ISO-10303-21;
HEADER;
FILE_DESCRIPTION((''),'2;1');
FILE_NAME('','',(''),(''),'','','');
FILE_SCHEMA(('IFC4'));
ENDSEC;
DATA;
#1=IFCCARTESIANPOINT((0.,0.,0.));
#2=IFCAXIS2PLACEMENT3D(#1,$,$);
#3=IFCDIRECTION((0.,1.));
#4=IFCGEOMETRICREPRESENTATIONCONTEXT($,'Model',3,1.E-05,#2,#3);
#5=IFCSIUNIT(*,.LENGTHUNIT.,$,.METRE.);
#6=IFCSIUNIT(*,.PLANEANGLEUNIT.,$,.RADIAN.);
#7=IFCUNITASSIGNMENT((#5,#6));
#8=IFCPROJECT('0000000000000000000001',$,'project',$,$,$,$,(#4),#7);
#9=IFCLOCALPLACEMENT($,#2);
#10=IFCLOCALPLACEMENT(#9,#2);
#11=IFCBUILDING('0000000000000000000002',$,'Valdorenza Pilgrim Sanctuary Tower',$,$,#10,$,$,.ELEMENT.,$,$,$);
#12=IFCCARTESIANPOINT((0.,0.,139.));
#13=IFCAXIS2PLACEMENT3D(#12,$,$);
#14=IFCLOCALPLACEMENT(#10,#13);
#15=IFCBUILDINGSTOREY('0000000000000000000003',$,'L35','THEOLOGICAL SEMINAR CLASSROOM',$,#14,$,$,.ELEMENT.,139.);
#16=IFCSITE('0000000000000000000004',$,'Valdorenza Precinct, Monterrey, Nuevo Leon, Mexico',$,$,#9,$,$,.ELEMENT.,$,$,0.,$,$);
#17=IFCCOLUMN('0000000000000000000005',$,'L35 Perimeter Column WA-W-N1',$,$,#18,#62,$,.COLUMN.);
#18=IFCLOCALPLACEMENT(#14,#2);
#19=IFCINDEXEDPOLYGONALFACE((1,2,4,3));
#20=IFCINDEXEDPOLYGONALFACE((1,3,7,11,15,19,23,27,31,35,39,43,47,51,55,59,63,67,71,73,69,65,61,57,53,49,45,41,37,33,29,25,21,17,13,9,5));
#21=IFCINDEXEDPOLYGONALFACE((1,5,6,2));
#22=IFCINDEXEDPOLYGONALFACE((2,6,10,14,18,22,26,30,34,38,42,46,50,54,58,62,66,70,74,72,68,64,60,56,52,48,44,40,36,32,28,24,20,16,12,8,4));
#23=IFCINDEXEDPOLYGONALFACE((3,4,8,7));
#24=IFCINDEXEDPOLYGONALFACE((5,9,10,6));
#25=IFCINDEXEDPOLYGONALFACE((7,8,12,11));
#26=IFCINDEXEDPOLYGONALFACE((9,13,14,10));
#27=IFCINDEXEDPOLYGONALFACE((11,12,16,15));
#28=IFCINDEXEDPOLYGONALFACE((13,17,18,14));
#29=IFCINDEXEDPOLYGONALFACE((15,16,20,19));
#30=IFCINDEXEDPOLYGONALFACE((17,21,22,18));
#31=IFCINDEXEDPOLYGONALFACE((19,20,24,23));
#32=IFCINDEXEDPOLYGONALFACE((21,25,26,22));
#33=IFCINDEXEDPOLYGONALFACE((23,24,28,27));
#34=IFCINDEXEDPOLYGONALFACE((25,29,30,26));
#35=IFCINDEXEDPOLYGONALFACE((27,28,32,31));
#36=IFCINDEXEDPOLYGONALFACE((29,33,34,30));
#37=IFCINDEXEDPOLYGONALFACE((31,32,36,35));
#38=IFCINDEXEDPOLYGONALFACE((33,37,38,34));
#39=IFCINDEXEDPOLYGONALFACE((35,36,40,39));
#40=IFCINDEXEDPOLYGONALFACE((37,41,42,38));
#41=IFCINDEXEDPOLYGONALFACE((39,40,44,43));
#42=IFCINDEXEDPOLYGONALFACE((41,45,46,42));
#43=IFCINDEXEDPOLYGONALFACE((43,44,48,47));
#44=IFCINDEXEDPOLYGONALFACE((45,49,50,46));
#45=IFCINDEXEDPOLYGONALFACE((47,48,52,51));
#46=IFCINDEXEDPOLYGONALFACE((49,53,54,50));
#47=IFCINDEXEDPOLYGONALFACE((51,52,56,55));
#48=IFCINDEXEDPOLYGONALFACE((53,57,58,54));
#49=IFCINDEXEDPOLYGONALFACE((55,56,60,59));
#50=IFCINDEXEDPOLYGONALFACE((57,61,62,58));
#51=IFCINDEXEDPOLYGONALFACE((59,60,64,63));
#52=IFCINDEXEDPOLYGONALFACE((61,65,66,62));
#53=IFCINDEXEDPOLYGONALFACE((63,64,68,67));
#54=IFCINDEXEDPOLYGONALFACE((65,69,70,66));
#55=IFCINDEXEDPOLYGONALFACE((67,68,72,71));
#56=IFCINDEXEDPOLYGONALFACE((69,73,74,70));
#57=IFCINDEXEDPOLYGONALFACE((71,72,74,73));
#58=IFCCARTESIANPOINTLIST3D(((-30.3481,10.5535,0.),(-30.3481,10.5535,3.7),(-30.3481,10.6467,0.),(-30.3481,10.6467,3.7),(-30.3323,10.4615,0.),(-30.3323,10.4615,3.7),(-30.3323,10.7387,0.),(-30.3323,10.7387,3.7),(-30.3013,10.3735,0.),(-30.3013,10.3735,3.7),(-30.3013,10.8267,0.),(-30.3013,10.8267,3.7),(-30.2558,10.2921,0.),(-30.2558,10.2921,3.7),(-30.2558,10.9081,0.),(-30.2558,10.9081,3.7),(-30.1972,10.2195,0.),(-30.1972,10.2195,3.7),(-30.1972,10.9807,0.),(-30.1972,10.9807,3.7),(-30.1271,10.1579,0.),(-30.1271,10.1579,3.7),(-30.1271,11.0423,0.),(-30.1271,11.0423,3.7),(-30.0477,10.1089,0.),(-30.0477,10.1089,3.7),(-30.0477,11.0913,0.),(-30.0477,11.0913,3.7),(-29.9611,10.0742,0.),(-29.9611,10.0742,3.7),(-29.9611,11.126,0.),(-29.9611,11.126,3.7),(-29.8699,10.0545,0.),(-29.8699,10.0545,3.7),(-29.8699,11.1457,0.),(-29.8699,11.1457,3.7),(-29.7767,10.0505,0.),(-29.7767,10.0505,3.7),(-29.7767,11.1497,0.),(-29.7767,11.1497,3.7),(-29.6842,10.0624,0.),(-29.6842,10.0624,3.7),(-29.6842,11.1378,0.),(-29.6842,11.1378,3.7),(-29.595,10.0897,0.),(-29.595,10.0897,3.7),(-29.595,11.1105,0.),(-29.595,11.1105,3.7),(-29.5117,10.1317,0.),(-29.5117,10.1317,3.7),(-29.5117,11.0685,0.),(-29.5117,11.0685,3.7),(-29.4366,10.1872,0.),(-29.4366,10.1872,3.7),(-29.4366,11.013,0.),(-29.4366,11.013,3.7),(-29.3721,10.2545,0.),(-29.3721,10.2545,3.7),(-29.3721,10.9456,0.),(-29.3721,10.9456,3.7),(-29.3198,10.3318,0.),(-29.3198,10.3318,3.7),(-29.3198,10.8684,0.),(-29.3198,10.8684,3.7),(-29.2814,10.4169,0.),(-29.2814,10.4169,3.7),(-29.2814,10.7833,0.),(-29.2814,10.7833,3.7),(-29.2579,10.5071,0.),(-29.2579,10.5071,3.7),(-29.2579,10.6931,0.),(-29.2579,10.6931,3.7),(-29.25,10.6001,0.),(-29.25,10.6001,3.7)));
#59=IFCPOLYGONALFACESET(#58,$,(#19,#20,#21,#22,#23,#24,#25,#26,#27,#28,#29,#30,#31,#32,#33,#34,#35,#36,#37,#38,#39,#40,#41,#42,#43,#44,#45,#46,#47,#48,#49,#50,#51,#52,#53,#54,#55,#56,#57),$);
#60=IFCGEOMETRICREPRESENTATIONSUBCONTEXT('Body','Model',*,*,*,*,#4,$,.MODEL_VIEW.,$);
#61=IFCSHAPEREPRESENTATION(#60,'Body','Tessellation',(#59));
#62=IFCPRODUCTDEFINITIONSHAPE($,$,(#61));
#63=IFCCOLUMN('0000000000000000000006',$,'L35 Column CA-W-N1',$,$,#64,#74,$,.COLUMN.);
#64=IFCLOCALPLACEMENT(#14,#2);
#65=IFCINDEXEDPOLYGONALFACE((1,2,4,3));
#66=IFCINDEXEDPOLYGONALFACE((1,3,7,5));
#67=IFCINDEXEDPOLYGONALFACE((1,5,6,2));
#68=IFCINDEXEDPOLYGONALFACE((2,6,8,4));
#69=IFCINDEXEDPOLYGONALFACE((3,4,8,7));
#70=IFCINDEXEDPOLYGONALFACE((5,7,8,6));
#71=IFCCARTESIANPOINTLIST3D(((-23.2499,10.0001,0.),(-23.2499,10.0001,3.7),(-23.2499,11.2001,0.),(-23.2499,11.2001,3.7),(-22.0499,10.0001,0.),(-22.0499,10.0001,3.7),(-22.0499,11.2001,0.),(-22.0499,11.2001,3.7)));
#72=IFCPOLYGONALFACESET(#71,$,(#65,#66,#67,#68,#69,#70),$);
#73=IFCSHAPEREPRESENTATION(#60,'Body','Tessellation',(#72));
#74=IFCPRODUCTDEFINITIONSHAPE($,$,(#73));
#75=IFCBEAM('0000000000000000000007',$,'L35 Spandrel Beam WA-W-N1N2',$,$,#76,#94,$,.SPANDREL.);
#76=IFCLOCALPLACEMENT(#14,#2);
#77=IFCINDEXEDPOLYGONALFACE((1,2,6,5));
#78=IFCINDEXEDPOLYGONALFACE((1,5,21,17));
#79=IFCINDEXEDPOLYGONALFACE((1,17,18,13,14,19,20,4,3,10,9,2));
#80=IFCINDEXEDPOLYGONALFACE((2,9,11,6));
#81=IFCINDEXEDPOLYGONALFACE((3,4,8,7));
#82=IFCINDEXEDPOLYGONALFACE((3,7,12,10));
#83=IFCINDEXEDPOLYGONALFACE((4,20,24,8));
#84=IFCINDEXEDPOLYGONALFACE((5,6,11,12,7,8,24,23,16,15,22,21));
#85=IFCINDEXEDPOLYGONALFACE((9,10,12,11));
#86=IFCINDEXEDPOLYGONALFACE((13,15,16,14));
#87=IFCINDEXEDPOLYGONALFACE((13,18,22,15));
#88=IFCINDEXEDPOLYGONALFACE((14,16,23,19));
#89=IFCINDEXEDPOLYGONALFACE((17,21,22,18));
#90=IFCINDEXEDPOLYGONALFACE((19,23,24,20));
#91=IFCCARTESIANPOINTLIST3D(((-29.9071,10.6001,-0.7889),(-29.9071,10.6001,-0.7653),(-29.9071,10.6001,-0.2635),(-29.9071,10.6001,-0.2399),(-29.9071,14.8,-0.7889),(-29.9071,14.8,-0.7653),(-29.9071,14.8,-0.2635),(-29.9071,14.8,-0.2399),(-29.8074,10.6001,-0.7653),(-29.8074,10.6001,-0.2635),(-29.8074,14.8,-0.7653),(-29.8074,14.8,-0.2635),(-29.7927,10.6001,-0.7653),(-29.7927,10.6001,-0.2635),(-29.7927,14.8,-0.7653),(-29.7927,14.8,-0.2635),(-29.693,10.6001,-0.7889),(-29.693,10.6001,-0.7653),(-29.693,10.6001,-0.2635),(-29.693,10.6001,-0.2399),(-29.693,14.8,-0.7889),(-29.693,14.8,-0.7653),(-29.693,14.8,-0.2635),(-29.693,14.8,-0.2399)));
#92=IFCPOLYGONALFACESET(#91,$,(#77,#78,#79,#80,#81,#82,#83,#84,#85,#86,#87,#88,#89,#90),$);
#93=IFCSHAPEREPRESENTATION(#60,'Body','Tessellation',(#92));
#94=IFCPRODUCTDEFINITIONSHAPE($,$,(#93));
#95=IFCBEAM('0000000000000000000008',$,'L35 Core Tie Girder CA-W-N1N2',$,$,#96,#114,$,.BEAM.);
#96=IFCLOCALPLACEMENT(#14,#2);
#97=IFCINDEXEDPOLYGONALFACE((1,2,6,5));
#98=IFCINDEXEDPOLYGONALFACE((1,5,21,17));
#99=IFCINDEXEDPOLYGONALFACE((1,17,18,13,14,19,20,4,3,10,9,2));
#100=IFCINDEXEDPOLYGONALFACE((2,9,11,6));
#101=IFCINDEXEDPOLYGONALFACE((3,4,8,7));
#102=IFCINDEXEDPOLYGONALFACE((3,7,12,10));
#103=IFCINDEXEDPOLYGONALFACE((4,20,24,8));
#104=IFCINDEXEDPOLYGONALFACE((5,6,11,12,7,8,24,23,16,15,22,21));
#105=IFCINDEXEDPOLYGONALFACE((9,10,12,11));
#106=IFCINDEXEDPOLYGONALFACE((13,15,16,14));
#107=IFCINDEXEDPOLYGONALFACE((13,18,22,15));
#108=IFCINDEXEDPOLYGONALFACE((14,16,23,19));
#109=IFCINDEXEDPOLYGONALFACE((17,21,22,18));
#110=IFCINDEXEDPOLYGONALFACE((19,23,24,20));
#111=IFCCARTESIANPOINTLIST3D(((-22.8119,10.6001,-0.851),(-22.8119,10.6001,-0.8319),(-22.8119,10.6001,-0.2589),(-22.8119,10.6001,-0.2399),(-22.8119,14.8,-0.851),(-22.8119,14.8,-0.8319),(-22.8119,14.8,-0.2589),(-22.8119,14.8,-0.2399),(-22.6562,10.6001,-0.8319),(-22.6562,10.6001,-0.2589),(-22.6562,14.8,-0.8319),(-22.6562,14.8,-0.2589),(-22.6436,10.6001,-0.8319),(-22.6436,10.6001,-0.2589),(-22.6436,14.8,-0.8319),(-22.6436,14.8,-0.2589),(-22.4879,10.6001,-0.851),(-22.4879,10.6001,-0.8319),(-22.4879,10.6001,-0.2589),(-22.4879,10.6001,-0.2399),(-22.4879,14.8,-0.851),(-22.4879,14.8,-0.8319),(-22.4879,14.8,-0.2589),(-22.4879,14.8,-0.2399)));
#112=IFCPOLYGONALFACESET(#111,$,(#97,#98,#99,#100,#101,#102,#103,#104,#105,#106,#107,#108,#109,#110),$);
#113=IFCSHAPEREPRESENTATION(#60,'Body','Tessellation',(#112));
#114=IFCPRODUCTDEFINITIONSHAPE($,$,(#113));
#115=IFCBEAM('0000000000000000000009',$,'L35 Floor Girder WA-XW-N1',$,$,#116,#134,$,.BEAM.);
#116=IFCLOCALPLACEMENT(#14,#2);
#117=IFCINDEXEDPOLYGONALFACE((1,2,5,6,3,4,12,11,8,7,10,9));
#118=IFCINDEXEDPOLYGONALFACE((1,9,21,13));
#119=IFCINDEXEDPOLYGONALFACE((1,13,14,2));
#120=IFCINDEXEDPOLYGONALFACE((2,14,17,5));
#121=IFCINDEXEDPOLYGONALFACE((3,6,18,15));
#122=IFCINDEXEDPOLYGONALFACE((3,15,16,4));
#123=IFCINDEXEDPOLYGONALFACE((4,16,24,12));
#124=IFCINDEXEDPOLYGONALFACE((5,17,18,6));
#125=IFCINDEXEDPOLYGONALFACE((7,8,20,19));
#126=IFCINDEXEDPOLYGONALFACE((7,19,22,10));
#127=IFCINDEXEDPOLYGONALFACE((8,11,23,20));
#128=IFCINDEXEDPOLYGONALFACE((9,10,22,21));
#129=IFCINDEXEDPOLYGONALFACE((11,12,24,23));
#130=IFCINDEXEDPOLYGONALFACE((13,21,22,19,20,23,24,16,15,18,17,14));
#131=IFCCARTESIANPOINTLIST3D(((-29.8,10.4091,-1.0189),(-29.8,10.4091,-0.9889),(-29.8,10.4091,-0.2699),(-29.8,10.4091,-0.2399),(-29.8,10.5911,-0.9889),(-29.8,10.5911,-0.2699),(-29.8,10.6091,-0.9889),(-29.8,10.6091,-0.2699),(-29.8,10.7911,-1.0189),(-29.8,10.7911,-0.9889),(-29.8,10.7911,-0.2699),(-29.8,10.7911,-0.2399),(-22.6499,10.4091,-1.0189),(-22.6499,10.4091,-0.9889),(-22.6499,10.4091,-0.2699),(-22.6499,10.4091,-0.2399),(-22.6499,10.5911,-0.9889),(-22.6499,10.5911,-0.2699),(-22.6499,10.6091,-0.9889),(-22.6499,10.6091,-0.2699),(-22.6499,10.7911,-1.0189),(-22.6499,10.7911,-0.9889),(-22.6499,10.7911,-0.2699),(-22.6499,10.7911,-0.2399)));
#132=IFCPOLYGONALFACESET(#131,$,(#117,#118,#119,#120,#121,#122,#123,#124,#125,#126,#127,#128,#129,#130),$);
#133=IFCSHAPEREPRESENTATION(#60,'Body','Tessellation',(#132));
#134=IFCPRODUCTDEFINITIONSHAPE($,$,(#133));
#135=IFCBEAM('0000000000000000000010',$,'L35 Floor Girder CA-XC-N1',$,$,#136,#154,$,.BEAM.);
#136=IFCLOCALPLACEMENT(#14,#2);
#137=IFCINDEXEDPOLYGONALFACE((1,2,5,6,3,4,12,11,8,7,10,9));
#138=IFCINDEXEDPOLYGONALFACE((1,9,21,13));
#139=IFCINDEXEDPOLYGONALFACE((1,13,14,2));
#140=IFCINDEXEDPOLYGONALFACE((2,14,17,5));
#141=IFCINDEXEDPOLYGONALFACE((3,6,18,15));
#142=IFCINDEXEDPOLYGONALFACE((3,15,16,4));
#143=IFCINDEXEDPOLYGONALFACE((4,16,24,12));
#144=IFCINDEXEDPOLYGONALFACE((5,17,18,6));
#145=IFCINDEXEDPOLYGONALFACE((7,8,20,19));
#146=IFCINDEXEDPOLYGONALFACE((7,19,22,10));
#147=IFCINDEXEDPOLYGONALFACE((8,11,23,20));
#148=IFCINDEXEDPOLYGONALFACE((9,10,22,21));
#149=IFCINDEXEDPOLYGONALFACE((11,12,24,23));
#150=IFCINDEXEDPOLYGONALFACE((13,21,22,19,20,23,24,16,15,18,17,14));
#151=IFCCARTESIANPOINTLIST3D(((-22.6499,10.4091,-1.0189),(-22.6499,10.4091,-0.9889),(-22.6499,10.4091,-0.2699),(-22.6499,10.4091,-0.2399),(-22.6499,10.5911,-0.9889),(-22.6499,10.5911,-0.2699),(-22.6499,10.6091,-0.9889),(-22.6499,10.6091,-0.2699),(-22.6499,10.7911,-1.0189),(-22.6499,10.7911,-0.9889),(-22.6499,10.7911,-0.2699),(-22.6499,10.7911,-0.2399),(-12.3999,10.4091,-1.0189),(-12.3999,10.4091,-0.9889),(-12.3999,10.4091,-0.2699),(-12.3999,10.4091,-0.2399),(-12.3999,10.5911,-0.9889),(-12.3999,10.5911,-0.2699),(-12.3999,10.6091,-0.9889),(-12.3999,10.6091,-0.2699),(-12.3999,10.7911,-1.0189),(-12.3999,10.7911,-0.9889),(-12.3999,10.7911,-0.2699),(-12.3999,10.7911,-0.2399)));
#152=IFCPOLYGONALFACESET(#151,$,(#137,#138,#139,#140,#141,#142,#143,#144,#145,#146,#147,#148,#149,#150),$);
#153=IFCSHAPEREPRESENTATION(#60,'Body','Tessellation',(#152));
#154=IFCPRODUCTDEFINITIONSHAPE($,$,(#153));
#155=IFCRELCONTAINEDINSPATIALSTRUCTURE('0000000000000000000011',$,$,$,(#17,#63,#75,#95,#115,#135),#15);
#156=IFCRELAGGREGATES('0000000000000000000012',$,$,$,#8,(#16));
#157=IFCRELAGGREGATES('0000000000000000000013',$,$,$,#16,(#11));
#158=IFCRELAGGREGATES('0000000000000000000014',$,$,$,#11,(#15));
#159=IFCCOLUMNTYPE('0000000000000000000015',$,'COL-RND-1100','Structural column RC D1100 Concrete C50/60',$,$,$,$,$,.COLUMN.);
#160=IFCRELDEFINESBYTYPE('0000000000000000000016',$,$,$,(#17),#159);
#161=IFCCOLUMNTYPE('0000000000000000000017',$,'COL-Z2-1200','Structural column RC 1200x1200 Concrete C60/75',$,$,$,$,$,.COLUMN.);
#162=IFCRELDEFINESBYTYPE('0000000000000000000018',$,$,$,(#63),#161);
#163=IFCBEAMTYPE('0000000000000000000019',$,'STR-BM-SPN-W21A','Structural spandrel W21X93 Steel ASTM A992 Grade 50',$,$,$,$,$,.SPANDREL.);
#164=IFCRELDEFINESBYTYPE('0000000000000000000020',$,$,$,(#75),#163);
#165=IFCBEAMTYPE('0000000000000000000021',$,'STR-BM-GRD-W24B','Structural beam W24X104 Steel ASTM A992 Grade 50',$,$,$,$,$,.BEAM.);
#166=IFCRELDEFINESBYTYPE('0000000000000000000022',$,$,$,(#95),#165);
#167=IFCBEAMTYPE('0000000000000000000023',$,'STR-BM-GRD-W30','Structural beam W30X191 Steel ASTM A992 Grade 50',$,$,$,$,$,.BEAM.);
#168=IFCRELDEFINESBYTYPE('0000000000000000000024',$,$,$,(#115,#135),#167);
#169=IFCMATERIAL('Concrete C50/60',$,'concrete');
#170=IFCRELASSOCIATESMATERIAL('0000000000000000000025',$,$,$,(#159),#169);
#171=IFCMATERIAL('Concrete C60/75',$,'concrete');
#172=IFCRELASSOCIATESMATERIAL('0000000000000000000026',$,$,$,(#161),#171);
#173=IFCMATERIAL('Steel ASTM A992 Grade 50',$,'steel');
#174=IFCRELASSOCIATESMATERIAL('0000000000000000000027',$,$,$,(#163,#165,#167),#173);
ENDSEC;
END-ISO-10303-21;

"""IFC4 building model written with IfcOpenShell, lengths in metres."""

from ifc_helpers import new_model, si_unit, direction, frame, origin, origin_2d, place, context, subcontext, project, spatial, rectangle, circle, i_section, extrude, source, transform, mapped, material, material_profile, profile_set, type_object, element, save


model = new_model("IFC4")

# Units and contexts
model_context = context("Model", 3, precision=1e-05, world=origin(), true_north=direction((0.0, 1.0)))
body_context = subcontext(model_context, "Body", "Model", "MODEL_VIEW")
ifc_project = project(units=[si_unit("LENGTHUNIT", "METRE"), si_unit("PLANEANGLEUNIT", "RADIAN")], contexts=[model_context])

# Site, building, storey
site_placement = place(None, origin())
site = spatial("IfcSite", under=ifc_project, at=site_placement, Name="Valdorenza Precinct, Monterrey, Nuevo Leon, Mexico", CompositionType="ELEMENT", RefElevation=0.0)
building_placement = place(site_placement, origin())
building = spatial("IfcBuilding", under=site, at=building_placement, Name="Valdorenza Pilgrim Sanctuary Tower", CompositionType="ELEMENT")
storey_placement = place(building_placement, frame((0.0, 0.0, 139.0)))
storey = spatial("IfcBuildingStorey", under=building, at=storey_placement, Name="L35", Description="THEOLOGICAL SEMINAR CLASSROOM", CompositionType="ELEMENT", Elevation=139.0)

# Columns
ifc_material_1 = material(Name="Concrete C50/60", Category="concrete")
ifc_material_profile_1 = material_profile(ifc_material_1, circle(Radius=0.55, at=origin_2d()), Name="RC D1100")
ifc_profile_set_1 = profile_set([ifc_material_profile_1], Name="Concrete C50/60")
column_type_1 = type_object("IfcColumnType", Name="COL-RND-1100", Description="Structural column RC D1100 Concrete C50/60", PredefinedType="COLUMN", material=ifc_profile_set_1)
shared_shape_1 = source(origin(), body_context, "Body", "SweptSolid", [
    extrude(circle(Radius=0.55, at=origin_2d()), origin(), (0.0, 0.0, 1.0), 3.7),
])
column_1_placement = place(storey_placement, frame((-29.8, 10.6001, 0.0), z_axis=(0.0, 0.0, 1.0), x_axis=(1.0, 0.0, 0.0)))
element("IfcColumn", 1, at=column_1_placement, inside=storey, type_object=column_type_1, Name="L35 Perimeter Column WA-W-N1", PredefinedType="COLUMN", context=body_context, shape_type="MappedRepresentation", body=[
    mapped(shared_shape_1, transform((0.0, 0.0, 0.0), x_axis=(1.0, 0.0, 0.0), y_axis=(0.0, 1.0, 0.0), z_axis=(0.0, 0.0, 1.0), scale=1.0)),
])
ifc_material_2 = material(Name="Concrete C60/75", Category="concrete")
ifc_material_profile_2 = material_profile(ifc_material_2, rectangle(XDim=1.2, YDim=1.2, at=origin_2d()), Name="RC 1200x1200")
ifc_profile_set_2 = profile_set([ifc_material_profile_2], Name="Concrete C60/75")
column_type_2 = type_object("IfcColumnType", Name="COL-Z2-1200", Description="Structural column RC 1200x1200 Concrete C60/75", PredefinedType="COLUMN", material=ifc_profile_set_2)
shared_shape_2 = source(origin(), body_context, "Body", "SweptSolid", [
    extrude(rectangle(XDim=1.2, YDim=1.2, at=origin_2d()), origin(), (0.0, 0.0, 1.0), 3.7),
])
column_2_placement = place(storey_placement, frame((-22.6499, 10.6001, 0.0), z_axis=(0.0, 0.0, 1.0), x_axis=(1.0, 0.0, 0.0)))
element("IfcColumn", 2, at=column_2_placement, inside=storey, type_object=column_type_2, Name="L35 Column CA-W-N1", PredefinedType="COLUMN", context=body_context, shape_type="MappedRepresentation", body=[
    mapped(shared_shape_2, transform((0.0, 0.0, 0.0), x_axis=(1.0, 0.0, 0.0), y_axis=(0.0, 1.0, 0.0), z_axis=(0.0, 0.0, 1.0), scale=1.0)),
])

# Beams
ifc_material_3 = material(Name="Steel ASTM A992 Grade 50", Category="steel")
ifc_material_profile_3 = material_profile(ifc_material_3, i_section(OverallWidth=0.2141, OverallDepth=0.5491, WebThickness=0.0146, FlangeThickness=0.0237, at=origin_2d()), Name="W21X93")
ifc_profile_set_3 = profile_set([ifc_material_profile_3], Name="Steel ASTM A992 Grade 50")
beam_type_1 = type_object("IfcBeamType", Name="STR-BM-SPN-W21A", Description="Structural spandrel W21X93 Steel ASTM A992 Grade 50", PredefinedType="SPANDREL", material=ifc_profile_set_3)
shared_shape_3 = source(origin(), body_context, "Body", "SweptSolid", [
    extrude(i_section(OverallWidth=0.2141, OverallDepth=0.5491, WebThickness=0.0146, FlangeThickness=0.0237, at=origin_2d()), origin(), (0.0, 0.0, 1.0), 4.2),
])
beam_1_placement = place(storey_placement, frame((-29.8, 10.6001, -0.5144), z_axis=(0.0, 1.0, 0.0), x_axis=(-1.0, 0.0, 0.0)))
element("IfcBeam", 3, at=beam_1_placement, inside=storey, type_object=beam_type_1, Name="L35 Spandrel Beam WA-W-N1N2", PredefinedType="SPANDREL", context=body_context, shape_type="MappedRepresentation", body=[
    mapped(shared_shape_3, transform((0.0, 0.0, 0.0), x_axis=(1.0, 0.0, 0.0), y_axis=(0.0, 1.0, 0.0), z_axis=(0.0, 0.0, 1.0), scale=1.0)),
])
ifc_material_profile_4 = material_profile(ifc_material_3, i_section(OverallWidth=0.324, OverallDepth=0.6111, WebThickness=0.0127, FlangeThickness=0.019, at=origin_2d()), Name="W24X104")
ifc_profile_set_4 = profile_set([ifc_material_profile_4], Name="Steel ASTM A992 Grade 50")
beam_type_2 = type_object("IfcBeamType", Name="STR-BM-GRD-W24B", Description="Structural beam W24X104 Steel ASTM A992 Grade 50", PredefinedType="BEAM", material=ifc_profile_set_4)
shared_shape_4 = source(origin(), body_context, "Body", "SweptSolid", [
    extrude(i_section(OverallWidth=0.324, OverallDepth=0.6111, WebThickness=0.0127, FlangeThickness=0.019, at=origin_2d()), origin(), (0.0, 0.0, 1.0), 4.2),
])
beam_2_placement = place(storey_placement, frame((-22.6499, 10.6001, -0.5454), z_axis=(0.0, 1.0, 0.0), x_axis=(-1.0, 0.0, 0.0)))
element("IfcBeam", 4, at=beam_2_placement, inside=storey, type_object=beam_type_2, Name="L35 Core Tie Girder CA-W-N1N2", PredefinedType="BEAM", context=body_context, shape_type="MappedRepresentation", body=[
    mapped(shared_shape_4, transform((0.0, 0.0, 0.0), x_axis=(1.0, 0.0, 0.0), y_axis=(0.0, 1.0, 0.0), z_axis=(0.0, 0.0, 1.0), scale=1.0)),
])
ifc_material_profile_5 = material_profile(ifc_material_3, i_section(OverallWidth=0.3821, OverallDepth=0.7791, WebThickness=0.0181, FlangeThickness=0.03, at=origin_2d()), Name="W30X191")
ifc_profile_set_5 = profile_set([ifc_material_profile_5], Name="Steel ASTM A992 Grade 50")
beam_type_3 = type_object("IfcBeamType", Name="STR-BM-GRD-W30", Description="Structural beam W30X191 Steel ASTM A992 Grade 50", PredefinedType="BEAM", material=ifc_profile_set_5)
shared_shape_5 = source(origin(), body_context, "Body", "SweptSolid", [
    extrude(i_section(OverallWidth=0.3821, OverallDepth=0.7791, WebThickness=0.0181, FlangeThickness=0.03, at=origin_2d()), origin(), (0.0, 0.0, 1.0), 7.1501),
])
beam_3_placement = place(storey_placement, frame((-29.8, 10.6001, -0.6294), z_axis=(1.0, 0.0, 0.0), x_axis=(0.0, 1.0, 0.0)))
element("IfcBeam", 5, at=beam_3_placement, inside=storey, type_object=beam_type_3, Name="L35 Floor Girder WA-XW-N1", PredefinedType="BEAM", context=body_context, shape_type="MappedRepresentation", body=[
    mapped(shared_shape_5, transform((0.0, 0.0, 0.0), x_axis=(1.0, 0.0, 0.0), y_axis=(0.0, 1.0, 0.0), z_axis=(0.0, 0.0, 1.0), scale=1.0)),
])
shared_shape_6 = source(origin(), body_context, "Body", "SweptSolid", [
    extrude(i_section(OverallWidth=0.3821, OverallDepth=0.7791, WebThickness=0.0181, FlangeThickness=0.03, at=origin_2d()), origin(), (0.0, 0.0, 1.0), 10.25),
])
beam_4_placement = place(storey_placement, frame((-22.6499, 10.6001, -0.6294), z_axis=(1.0, 0.0, 0.0), x_axis=(0.0, 1.0, 0.0)))
element("IfcBeam", 6, at=beam_4_placement, inside=storey, type_object=beam_type_3, Name="L35 Floor Girder CA-XC-N1", PredefinedType="BEAM", context=body_context, shape_type="MappedRepresentation", body=[
    mapped(shared_shape_6, transform((0.0, 0.0, 0.0), x_axis=(1.0, 0.0, 0.0), y_axis=(0.0, 1.0, 0.0), z_axis=(0.0, 0.0, 1.0), scale=1.0)),
])

save(model, "model.ifc")
